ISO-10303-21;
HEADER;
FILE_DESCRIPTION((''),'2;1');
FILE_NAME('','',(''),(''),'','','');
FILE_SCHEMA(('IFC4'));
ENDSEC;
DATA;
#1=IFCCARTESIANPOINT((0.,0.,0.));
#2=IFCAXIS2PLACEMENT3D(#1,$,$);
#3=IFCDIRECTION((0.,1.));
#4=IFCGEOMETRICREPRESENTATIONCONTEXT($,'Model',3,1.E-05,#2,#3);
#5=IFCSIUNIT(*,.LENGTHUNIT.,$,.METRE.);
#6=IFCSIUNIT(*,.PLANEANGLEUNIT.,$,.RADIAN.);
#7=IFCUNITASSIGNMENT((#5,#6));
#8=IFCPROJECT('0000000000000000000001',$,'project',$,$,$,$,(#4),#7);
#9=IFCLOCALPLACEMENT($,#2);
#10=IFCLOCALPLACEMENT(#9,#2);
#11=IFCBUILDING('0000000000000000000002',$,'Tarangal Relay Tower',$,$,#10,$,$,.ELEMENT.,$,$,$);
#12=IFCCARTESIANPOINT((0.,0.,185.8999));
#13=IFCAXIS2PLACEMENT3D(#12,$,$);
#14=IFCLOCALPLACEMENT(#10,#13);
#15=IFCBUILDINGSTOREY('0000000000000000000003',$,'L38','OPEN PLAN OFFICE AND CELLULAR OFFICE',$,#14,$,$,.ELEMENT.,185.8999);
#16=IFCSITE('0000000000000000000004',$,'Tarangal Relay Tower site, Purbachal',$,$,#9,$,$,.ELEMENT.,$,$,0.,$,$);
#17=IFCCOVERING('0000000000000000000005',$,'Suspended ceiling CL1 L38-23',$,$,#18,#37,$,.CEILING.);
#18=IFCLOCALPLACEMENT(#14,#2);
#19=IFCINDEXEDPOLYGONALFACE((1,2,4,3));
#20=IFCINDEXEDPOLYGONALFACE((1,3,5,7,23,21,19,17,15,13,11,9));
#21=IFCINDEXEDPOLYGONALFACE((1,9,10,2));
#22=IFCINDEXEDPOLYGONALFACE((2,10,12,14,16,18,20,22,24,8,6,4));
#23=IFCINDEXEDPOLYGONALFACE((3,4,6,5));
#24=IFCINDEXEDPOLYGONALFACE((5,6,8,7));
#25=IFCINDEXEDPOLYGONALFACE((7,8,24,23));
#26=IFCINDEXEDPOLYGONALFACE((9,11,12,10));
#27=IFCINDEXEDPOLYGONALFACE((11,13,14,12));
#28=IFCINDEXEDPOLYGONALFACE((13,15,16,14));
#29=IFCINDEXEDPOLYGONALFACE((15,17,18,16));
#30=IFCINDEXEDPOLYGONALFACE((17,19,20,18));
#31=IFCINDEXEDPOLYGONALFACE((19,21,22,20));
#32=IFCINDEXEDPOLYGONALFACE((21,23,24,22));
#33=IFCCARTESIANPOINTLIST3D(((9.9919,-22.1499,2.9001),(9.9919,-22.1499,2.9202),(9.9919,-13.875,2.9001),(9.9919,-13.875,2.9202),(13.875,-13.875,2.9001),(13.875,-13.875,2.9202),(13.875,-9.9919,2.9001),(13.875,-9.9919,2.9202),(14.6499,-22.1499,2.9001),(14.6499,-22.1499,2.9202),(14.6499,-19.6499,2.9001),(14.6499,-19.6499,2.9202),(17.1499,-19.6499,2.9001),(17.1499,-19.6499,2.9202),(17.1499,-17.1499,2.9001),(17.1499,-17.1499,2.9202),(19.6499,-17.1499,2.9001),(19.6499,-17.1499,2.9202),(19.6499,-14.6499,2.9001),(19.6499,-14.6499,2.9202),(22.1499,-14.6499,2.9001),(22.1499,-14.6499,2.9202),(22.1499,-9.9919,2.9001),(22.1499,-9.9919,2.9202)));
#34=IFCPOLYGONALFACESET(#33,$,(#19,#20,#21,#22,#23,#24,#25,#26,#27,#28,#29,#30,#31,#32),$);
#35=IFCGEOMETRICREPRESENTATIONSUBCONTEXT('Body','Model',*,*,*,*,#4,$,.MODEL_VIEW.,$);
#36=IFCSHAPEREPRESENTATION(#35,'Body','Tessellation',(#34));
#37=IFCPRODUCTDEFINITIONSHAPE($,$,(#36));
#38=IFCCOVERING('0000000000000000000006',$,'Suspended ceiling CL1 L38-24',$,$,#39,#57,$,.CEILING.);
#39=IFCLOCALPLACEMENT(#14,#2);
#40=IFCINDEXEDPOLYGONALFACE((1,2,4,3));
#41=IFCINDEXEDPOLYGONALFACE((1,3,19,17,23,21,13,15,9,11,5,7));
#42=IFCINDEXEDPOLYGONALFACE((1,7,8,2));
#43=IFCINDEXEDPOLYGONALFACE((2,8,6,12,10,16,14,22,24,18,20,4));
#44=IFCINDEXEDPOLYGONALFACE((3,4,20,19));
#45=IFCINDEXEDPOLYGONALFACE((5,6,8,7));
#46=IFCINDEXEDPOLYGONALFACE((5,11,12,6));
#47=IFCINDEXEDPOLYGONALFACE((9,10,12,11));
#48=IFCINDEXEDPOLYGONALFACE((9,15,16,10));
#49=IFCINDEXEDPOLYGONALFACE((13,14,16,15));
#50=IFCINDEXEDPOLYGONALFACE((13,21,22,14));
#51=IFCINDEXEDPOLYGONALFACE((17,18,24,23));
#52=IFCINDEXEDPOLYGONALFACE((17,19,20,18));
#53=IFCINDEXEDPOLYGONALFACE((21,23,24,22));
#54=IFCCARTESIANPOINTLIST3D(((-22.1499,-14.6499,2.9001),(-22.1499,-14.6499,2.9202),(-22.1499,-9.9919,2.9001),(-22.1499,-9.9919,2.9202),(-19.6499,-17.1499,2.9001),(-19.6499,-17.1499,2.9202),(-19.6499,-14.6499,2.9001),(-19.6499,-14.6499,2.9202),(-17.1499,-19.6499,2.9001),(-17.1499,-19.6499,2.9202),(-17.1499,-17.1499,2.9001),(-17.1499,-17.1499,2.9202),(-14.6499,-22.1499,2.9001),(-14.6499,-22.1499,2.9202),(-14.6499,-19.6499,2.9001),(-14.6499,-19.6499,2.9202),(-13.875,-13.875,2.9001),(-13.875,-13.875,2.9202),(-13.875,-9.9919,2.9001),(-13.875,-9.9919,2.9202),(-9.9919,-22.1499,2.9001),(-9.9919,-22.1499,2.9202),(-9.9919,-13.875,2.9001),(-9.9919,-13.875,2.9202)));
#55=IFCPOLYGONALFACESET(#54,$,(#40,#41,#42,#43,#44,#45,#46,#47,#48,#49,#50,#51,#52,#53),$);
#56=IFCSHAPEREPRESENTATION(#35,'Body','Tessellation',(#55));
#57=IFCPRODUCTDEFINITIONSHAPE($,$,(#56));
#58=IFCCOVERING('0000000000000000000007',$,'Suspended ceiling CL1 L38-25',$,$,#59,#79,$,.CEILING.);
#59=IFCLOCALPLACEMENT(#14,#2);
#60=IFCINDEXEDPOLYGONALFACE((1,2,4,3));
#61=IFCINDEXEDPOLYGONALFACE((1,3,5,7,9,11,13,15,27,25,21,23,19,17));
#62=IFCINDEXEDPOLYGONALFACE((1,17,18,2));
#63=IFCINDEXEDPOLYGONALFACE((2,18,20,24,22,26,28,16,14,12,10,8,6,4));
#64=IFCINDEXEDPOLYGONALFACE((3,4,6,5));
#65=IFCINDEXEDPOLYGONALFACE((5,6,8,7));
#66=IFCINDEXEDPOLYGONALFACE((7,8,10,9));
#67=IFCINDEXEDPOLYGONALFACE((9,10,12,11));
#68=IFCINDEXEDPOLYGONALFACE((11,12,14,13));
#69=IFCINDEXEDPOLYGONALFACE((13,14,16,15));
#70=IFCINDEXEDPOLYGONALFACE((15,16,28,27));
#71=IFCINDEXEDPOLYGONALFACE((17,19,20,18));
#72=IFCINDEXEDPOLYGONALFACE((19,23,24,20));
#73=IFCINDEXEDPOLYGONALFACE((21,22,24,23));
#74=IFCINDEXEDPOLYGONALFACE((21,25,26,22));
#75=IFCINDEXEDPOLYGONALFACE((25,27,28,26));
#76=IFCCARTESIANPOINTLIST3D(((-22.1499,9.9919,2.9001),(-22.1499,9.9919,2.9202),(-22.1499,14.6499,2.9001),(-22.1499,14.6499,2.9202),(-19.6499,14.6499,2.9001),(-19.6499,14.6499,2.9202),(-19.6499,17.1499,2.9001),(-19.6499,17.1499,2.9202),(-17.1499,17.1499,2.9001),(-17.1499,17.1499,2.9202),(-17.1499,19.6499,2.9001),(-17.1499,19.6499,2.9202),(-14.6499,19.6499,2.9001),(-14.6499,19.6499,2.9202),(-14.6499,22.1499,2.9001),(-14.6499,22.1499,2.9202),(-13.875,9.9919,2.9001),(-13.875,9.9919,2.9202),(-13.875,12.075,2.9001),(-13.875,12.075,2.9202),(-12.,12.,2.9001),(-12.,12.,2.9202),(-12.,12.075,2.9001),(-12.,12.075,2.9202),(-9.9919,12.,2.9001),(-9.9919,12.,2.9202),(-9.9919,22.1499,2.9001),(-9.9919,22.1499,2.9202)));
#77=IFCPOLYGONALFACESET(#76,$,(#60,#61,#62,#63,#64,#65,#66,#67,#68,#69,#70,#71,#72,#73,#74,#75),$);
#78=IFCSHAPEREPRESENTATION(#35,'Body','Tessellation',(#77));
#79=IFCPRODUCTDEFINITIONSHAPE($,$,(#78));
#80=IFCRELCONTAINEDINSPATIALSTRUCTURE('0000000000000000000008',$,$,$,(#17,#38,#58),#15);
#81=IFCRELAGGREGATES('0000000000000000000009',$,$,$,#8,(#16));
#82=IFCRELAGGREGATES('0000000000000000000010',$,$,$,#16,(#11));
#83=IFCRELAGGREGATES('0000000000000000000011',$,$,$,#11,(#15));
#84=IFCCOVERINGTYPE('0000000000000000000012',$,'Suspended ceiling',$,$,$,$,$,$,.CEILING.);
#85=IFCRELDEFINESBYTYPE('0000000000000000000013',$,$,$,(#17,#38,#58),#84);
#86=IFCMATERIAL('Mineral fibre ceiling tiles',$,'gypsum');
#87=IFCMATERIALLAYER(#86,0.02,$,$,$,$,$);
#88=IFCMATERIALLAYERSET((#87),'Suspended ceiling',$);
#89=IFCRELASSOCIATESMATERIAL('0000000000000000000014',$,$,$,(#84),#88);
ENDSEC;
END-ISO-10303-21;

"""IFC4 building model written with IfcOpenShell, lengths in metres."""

from ifc_helpers import new_model, si_unit, direction, frame, origin, place, context, subcontext, project, spatial, polyline, outline, extrude, material, layer, layer_set, type_object, element, save


model = new_model("IFC4")

# Units and contexts
model_context = context("Model", 3, precision=1e-05, world=origin(), true_north=direction((0.0, 1.0)))
body_context = subcontext(model_context, "Body", "Model", "MODEL_VIEW")
ifc_project = project(units=[si_unit("LENGTHUNIT", "METRE"), si_unit("PLANEANGLEUNIT", "RADIAN")], contexts=[model_context])

# Site, building, storey
site_placement = place(None, origin())
site = spatial("IfcSite", under=ifc_project, at=site_placement, Name="Tarangal Relay Tower site, Purbachal", CompositionType="ELEMENT", RefElevation=0.0)
building_placement = place(site_placement, origin())
building = spatial("IfcBuilding", under=site, at=building_placement, Name="Tarangal Relay Tower", CompositionType="ELEMENT")
storey_placement = place(building_placement, frame((0.0, 0.0, 185.8999)))
storey = spatial("IfcBuildingStorey", under=building, at=storey_placement, Name="L38", Description="OPEN PLAN OFFICE AND CELLULAR OFFICE", CompositionType="ELEMENT", Elevation=185.8999)

# Coverings
ifc_material_1 = material(Name="Mineral fibre ceiling tiles", Category="gypsum")
ifc_layer_1 = layer(ifc_material_1, 0.02)
ifc_layer_set_1 = layer_set([ifc_layer_1], Name="Suspended ceiling")
covering_type = type_object("IfcCoveringType", Name="Suspended ceiling", PredefinedType="CEILING", material=ifc_layer_set_1)
covering_1_placement = place(storey_placement, frame((0.0, 0.0, 2.9001)))
element("IfcCovering", 1, at=covering_1_placement, inside=storey, type_object=covering_type, Name="Suspended ceiling CL1 L38-23", PredefinedType="CEILING", context=body_context, shape_type="SweptSolid", body=[
    extrude(outline(polyline([(22.1499, -9.9919), (13.875, -9.9919), (13.875, -13.875), (9.9919, -13.875), (9.9919, -22.1499), (14.6499, -22.1499), (14.6499, -19.6499), (17.1499, -19.6499), (17.1499, -17.1499), (19.6499, -17.1499), (19.6499, -14.6499), (22.1499, -14.6499), (22.1499, -9.9919)])), origin(), (0.0, 0.0, 1.0), 0.02),
])
covering_2_placement = place(storey_placement, frame((0.0, 0.0, 2.9001)))
element("IfcCovering", 2, at=covering_2_placement, inside=storey, type_object=covering_type, Name="Suspended ceiling CL1 L38-24", PredefinedType="CEILING", context=body_context, shape_type="SweptSolid", body=[
    extrude(outline(polyline([(-14.6499, -19.6499), (-14.6499, -22.1499), (-9.9919, -22.1499), (-9.9919, -13.875), (-13.875, -13.875), (-13.875, -9.9919), (-22.1499, -9.9919), (-22.1499, -14.6499), (-19.6499, -14.6499), (-19.6499, -17.1499), (-17.1499, -17.1499), (-17.1499, -19.6499), (-14.6499, -19.6499)])), origin(), (0.0, 0.0, 1.0), 0.02),
])
covering_3_placement = place(storey_placement, frame((0.0, 0.0, 2.9001)))
element("IfcCovering", 3, at=covering_3_placement, inside=storey, type_object=covering_type, Name="Suspended ceiling CL1 L38-25", PredefinedType="CEILING", context=body_context, shape_type="SweptSolid", body=[
    extrude(outline(polyline([(-19.6499, 14.6499), (-22.1499, 14.6499), (-22.1499, 9.9919), (-13.875, 9.9919), (-13.875, 12.075), (-12.0, 12.075), (-12.0, 12.0), (-9.9919, 12.0), (-9.9919, 22.1499), (-14.6499, 22.1499), (-14.6499, 19.6499), (-17.1499, 19.6499), (-17.1499, 17.1499), (-19.6499, 17.1499), (-19.6499, 14.6499)])), origin(), (0.0, 0.0, 1.0), 0.02),
])

save(model, "model.ifc")
